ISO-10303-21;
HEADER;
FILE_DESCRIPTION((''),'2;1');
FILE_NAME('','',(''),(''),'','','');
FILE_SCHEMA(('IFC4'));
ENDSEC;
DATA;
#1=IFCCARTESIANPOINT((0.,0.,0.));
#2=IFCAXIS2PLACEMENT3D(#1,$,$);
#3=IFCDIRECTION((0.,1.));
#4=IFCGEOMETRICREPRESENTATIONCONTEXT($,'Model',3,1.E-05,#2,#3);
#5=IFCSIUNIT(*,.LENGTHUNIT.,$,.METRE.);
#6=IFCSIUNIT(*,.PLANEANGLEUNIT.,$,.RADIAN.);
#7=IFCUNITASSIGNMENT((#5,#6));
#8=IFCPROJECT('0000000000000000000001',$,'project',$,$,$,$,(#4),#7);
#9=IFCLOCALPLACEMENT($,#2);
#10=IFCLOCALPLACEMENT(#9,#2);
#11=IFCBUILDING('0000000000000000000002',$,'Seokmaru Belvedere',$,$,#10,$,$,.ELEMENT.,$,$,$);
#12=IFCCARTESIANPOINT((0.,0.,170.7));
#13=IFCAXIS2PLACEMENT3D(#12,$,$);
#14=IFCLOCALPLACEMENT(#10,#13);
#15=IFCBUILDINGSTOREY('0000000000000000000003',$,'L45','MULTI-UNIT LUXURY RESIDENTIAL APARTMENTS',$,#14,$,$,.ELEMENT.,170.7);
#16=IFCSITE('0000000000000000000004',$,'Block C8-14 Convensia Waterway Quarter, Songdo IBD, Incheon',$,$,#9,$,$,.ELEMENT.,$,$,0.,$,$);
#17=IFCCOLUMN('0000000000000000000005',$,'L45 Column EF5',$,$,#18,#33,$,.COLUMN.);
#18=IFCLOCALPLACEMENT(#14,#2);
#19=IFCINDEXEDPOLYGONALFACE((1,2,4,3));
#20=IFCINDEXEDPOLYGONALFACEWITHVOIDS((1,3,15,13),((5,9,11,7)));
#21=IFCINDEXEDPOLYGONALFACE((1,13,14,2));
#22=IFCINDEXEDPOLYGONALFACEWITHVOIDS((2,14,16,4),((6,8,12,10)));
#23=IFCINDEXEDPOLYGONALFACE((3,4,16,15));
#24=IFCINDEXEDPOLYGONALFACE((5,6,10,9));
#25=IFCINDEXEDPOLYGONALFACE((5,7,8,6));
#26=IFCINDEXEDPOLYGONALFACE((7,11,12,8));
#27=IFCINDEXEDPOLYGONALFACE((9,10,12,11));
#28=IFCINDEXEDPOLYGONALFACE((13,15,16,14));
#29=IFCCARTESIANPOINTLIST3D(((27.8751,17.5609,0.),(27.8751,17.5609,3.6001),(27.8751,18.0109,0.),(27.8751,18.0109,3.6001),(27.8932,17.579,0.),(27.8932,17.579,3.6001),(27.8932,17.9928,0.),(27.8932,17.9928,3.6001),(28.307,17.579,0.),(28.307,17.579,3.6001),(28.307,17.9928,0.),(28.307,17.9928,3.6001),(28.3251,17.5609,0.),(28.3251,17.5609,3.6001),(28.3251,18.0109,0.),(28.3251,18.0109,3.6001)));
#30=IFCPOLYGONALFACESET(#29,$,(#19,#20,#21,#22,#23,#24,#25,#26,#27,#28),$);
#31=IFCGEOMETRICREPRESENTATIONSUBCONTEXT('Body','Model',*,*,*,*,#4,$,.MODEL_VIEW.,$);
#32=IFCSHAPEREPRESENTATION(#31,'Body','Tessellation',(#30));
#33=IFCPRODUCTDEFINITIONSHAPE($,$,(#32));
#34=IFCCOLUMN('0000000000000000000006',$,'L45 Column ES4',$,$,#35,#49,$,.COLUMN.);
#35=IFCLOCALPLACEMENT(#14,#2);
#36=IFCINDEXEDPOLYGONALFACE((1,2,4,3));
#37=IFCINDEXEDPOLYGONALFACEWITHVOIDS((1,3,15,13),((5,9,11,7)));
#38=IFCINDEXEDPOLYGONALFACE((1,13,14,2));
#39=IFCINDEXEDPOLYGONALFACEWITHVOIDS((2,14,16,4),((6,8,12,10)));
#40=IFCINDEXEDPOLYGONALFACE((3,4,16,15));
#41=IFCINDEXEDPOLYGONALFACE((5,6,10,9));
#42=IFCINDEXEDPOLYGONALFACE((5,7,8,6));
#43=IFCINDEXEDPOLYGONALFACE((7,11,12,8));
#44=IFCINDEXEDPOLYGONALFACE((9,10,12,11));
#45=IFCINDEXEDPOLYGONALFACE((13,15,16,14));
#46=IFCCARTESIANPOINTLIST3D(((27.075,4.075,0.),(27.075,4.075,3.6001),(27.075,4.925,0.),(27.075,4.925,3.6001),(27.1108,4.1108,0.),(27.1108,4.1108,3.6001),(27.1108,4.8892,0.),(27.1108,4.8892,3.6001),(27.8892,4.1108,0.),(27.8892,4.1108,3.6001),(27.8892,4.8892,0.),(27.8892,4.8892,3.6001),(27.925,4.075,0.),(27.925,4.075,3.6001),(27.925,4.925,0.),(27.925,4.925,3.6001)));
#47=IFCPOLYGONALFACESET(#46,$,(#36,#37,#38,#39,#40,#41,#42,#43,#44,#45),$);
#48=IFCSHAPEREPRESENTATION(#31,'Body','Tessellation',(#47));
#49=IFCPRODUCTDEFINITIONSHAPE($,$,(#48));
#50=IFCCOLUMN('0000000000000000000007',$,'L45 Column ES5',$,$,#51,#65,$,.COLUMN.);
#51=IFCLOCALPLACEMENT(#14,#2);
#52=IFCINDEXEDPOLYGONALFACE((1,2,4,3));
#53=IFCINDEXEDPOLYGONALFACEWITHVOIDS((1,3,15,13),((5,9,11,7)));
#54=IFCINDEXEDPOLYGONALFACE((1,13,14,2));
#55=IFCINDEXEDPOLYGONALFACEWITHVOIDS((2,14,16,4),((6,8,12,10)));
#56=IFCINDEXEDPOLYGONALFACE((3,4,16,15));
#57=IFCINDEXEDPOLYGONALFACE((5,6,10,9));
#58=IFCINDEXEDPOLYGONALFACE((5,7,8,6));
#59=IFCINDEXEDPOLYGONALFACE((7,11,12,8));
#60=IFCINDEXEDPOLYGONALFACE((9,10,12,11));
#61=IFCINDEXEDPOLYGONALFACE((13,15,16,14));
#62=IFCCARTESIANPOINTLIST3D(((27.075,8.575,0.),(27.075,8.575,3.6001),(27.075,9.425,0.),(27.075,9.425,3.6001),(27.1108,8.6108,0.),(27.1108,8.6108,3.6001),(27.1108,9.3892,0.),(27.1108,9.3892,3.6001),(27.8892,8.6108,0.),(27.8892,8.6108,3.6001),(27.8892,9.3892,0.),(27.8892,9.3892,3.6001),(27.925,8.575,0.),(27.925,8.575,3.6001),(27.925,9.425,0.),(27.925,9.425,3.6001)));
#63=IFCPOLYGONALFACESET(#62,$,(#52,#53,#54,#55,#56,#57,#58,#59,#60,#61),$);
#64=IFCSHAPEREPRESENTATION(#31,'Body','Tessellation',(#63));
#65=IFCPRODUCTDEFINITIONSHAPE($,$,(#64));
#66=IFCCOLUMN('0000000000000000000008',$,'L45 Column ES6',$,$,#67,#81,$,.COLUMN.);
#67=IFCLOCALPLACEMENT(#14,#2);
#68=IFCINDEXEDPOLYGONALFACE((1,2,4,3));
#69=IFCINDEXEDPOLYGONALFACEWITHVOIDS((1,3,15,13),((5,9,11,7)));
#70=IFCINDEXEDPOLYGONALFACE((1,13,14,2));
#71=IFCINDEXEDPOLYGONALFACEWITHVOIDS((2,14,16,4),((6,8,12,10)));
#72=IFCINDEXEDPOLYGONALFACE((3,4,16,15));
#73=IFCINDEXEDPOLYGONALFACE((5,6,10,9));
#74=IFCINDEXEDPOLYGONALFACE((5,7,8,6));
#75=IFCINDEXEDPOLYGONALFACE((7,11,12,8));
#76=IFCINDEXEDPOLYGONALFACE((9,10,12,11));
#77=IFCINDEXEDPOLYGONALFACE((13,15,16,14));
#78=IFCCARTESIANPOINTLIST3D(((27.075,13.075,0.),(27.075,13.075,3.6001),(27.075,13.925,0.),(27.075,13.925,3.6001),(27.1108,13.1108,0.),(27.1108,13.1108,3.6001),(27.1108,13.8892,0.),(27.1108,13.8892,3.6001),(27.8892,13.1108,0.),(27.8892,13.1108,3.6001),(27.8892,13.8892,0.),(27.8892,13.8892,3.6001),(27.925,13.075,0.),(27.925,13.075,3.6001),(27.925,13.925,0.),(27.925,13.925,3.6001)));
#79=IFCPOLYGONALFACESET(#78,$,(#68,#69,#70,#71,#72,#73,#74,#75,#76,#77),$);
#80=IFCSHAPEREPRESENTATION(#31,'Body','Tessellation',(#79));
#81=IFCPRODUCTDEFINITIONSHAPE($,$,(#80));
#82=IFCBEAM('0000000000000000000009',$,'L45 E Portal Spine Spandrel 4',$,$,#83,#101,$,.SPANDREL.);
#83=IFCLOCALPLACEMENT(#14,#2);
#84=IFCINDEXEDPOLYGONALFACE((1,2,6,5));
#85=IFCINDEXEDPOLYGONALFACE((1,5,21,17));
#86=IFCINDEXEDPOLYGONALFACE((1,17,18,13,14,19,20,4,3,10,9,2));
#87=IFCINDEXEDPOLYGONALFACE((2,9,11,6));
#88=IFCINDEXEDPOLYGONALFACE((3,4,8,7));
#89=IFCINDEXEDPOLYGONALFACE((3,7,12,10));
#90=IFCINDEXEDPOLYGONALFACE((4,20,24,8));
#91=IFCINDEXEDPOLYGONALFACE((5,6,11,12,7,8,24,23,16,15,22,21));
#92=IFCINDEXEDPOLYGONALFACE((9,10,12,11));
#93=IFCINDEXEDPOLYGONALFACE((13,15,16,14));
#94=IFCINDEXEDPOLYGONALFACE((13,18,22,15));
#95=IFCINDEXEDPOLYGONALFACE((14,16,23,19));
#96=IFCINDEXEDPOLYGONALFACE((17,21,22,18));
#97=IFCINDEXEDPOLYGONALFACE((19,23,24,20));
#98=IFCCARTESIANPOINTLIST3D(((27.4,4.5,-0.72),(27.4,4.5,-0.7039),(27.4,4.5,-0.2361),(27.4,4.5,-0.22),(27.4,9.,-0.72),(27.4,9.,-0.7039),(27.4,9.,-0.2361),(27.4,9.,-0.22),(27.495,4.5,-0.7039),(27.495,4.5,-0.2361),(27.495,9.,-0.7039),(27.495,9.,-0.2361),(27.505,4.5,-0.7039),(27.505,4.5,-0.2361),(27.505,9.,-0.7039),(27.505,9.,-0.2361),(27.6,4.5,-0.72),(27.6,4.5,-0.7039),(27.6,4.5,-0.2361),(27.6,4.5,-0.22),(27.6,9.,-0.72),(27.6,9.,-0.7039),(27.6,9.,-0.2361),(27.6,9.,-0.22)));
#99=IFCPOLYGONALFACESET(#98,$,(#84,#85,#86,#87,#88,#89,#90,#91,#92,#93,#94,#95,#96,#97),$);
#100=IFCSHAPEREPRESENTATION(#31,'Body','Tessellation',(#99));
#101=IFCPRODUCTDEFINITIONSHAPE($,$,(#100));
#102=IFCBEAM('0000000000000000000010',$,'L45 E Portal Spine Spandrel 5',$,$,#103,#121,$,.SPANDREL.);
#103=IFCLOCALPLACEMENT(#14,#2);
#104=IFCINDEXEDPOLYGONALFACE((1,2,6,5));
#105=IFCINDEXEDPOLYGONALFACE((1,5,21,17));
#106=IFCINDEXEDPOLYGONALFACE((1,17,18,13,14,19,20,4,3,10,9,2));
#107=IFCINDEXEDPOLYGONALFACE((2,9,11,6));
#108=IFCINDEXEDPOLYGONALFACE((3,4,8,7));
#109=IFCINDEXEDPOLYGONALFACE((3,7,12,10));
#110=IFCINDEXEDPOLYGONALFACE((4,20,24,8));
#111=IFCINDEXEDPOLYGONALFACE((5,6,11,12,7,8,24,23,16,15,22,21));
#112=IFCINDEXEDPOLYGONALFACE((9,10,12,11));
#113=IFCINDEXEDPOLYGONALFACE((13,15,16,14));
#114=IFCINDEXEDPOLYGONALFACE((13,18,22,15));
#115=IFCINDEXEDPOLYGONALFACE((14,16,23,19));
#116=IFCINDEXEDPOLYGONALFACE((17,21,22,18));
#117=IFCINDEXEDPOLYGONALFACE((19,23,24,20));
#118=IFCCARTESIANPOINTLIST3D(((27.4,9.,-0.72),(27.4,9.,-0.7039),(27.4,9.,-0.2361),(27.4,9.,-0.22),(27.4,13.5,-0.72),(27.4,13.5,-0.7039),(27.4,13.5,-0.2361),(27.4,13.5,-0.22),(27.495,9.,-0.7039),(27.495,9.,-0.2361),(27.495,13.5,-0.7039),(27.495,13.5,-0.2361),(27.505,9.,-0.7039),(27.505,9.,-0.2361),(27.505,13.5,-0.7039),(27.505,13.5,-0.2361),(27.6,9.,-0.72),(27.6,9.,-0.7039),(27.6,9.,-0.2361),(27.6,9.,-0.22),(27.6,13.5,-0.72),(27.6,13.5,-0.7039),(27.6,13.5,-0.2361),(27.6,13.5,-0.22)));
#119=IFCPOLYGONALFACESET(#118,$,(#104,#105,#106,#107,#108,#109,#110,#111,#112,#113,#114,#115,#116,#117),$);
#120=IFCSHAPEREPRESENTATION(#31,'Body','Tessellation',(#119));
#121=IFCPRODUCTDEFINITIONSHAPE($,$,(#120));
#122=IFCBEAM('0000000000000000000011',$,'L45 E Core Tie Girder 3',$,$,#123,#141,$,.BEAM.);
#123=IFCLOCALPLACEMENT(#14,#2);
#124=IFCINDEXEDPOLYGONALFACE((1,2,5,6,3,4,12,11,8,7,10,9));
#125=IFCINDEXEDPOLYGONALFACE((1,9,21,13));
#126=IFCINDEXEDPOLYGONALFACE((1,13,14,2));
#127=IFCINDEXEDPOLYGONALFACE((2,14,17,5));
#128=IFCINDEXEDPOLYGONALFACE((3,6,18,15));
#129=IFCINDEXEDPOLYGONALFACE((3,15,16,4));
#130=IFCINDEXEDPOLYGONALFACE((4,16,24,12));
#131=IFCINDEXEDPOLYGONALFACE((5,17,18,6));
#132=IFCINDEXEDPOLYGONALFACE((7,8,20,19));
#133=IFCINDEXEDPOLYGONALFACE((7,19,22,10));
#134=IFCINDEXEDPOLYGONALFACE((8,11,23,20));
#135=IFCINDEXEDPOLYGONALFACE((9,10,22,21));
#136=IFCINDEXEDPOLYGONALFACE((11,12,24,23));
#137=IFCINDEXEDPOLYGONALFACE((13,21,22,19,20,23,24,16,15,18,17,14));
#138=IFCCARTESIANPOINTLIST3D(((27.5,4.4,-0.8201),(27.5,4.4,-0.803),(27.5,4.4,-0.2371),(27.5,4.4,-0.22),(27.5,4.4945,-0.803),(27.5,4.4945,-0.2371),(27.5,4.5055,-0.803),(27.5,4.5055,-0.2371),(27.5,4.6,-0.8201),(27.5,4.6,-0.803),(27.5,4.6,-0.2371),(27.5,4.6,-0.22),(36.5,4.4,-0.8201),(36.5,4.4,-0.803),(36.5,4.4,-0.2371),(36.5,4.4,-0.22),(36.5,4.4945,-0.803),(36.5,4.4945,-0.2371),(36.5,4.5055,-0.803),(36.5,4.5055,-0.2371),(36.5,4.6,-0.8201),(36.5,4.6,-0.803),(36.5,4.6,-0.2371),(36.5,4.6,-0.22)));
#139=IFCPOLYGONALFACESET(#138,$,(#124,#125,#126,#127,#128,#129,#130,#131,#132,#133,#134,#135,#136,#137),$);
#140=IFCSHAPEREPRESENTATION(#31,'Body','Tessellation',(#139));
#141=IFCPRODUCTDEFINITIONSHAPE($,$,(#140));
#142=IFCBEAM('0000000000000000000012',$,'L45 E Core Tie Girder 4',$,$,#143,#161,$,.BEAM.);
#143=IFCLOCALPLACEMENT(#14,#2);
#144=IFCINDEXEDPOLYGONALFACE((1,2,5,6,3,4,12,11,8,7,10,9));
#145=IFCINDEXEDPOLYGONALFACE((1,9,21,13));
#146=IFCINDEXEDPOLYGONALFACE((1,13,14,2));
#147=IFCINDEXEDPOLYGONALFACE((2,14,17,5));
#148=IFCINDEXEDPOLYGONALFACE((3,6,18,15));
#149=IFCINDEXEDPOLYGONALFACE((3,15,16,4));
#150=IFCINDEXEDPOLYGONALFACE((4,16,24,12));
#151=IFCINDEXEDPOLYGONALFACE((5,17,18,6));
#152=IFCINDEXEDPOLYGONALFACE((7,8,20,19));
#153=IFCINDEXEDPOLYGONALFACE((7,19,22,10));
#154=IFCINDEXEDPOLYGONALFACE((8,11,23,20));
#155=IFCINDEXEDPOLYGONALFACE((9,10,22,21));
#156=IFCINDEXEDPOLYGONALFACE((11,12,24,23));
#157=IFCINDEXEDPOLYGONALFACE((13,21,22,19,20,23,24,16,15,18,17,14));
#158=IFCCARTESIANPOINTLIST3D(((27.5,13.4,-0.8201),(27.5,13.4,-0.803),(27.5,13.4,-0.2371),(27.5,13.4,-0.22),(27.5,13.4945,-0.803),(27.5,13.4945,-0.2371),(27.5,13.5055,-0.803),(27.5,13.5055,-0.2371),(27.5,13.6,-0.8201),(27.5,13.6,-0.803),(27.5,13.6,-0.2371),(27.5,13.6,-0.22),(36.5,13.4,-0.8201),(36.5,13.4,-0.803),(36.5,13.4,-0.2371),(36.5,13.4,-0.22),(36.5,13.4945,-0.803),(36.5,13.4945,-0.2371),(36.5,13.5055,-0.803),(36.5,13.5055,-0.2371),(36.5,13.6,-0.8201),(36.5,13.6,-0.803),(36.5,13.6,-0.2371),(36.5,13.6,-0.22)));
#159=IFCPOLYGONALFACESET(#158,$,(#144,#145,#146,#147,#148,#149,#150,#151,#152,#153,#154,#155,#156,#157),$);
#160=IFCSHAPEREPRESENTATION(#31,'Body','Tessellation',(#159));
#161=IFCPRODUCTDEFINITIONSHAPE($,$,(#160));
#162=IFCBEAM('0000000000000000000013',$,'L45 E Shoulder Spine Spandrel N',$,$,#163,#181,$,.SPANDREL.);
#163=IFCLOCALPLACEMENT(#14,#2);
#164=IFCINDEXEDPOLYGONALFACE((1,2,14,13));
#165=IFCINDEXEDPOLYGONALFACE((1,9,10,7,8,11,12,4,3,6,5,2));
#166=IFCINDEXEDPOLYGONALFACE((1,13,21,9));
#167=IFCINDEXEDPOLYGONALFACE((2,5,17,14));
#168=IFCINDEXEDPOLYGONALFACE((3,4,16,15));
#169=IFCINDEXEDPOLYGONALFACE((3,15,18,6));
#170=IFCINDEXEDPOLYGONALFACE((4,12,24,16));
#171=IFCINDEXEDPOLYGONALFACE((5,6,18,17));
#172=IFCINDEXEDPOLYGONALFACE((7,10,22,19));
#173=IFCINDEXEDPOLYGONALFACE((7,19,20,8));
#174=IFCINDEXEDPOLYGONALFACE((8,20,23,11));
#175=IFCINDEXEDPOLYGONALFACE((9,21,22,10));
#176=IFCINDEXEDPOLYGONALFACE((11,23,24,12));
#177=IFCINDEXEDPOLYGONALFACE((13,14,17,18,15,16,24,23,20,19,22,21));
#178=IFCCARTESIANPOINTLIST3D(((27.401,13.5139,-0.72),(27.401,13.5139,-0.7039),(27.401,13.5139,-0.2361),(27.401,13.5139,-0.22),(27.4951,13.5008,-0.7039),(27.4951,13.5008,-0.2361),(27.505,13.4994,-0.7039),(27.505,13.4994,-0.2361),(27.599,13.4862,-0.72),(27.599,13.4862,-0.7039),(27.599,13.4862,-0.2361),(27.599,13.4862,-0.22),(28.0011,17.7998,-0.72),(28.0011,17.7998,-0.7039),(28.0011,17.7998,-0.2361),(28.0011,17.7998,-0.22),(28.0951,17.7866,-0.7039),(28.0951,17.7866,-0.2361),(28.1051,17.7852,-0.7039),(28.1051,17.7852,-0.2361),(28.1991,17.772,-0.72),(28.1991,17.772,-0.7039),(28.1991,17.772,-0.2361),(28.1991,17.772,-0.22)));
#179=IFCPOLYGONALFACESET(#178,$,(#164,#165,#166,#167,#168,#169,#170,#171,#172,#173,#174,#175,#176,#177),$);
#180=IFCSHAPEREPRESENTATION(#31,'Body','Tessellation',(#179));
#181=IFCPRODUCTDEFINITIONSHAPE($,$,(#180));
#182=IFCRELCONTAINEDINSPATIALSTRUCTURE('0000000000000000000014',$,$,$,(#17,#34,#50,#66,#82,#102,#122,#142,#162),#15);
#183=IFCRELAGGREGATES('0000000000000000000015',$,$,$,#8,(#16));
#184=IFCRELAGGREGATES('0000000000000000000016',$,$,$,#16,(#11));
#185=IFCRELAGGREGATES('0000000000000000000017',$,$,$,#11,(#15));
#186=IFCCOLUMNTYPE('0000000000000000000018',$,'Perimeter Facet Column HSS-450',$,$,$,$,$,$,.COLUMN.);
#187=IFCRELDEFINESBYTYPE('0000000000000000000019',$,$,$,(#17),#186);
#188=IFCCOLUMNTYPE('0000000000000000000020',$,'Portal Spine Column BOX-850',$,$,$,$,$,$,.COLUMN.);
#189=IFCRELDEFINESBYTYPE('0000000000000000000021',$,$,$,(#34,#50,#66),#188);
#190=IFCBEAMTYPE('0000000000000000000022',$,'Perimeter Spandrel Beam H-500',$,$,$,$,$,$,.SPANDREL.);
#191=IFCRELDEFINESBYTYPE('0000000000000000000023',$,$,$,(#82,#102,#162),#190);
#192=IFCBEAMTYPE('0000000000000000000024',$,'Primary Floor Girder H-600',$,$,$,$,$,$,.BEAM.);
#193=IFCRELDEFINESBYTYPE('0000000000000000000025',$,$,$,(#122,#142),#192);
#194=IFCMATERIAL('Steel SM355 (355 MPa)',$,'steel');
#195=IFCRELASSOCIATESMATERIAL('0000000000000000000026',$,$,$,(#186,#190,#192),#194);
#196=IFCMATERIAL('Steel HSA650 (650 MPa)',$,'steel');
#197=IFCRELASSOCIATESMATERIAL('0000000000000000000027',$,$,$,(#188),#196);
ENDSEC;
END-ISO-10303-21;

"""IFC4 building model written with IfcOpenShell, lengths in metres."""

from ifc_helpers import new_model, si_unit, direction, frame, origin, origin_2d, place, context, subcontext, project, spatial, hollow_rectangle, i_section, extrude, source, transform, mapped, material, material_profile, profile_set, type_object, type_shapes, element, save


model = new_model("IFC4")

# Units and contexts
model_context = context("Model", 3, precision=1e-05, world=origin(), true_north=direction((0.0, 1.0)))
body_context = subcontext(model_context, "Body", "Model", "MODEL_VIEW")
ifc_project = project(units=[si_unit("LENGTHUNIT", "METRE"), si_unit("PLANEANGLEUNIT", "RADIAN")], contexts=[model_context])

# Site, building, storey
site_placement = place(None, origin())
site = spatial("IfcSite", under=ifc_project, at=site_placement, Name="Block C8-14 Convensia Waterway Quarter, Songdo IBD, Incheon", CompositionType="ELEMENT", RefElevation=0.0)
building_placement = place(site_placement, origin())
building = spatial("IfcBuilding", under=site, at=building_placement, Name="Seokmaru Belvedere", CompositionType="ELEMENT")
storey_placement = place(building_placement, frame((0.0, 0.0, 170.7)))
storey = spatial("IfcBuildingStorey", under=building, at=storey_placement, Name="L45", Description="MULTI-UNIT LUXURY RESIDENTIAL APARTMENTS", CompositionType="ELEMENT", Elevation=170.7)

# Columns
ifc_material_1 = material(Name="Steel SM355 (355 MPa)", Category="steel")
ifc_material_profile_1 = material_profile(ifc_material_1, hollow_rectangle(XDim=0.45, YDim=0.45, WallThickness=0.0181, at=origin_2d()), Name="HSS-450x450x18")
ifc_profile_set_1 = profile_set([ifc_material_profile_1], Name="Steel SM355 (355 MPa)")
column_type_1 = type_object("IfcColumnType", Name="Perimeter Facet Column HSS-450", PredefinedType="COLUMN", material=ifc_profile_set_1)
shared_shape_1 = source(origin(), body_context, "Body", "SweptSolid", [
    extrude(hollow_rectangle(XDim=0.45, YDim=0.45, WallThickness=0.0181, at=origin_2d()), origin(), (0.0, 0.0, 1.0), 3.6001),
])
type_shapes(column_type_1, [shared_shape_1])
column_placement = place(storey_placement, frame((28.1001, 17.7859, 0.0), z_axis=(0.0, 0.0, 1.0), x_axis=(1.0, 0.0, 0.0)))
element("IfcColumn", 1, at=column_placement, inside=storey, type_object=column_type_1, Name="L45 Column EF5", PredefinedType="COLUMN", context=body_context, shape_type="MappedRepresentation", body=[
    mapped(shared_shape_1, transform((0.0, 0.0, 0.0), scale=1.0)),
])
ifc_material_2 = material(Name="Steel HSA650 (650 MPa)", Category="steel")
ifc_material_profile_2 = material_profile(ifc_material_2, hollow_rectangle(XDim=0.8501, YDim=0.8501, WallThickness=0.0359, at=origin_2d()), Name="BOX-850x850x36")
ifc_profile_set_2 = profile_set([ifc_material_profile_2], Name="Steel HSA650 (650 MPa)")
column_type_2 = type_object("IfcColumnType", Name="Portal Spine Column BOX-850", PredefinedType="COLUMN", material=ifc_profile_set_2)
shared_shape_2 = source(origin(), body_context, "Body", "SweptSolid", [
    extrude(hollow_rectangle(XDim=0.8501, YDim=0.8501, WallThickness=0.0359, at=origin_2d()), origin(), (0.0, 0.0, 1.0), 3.6001),
])
type_shapes(column_type_2, [shared_shape_2])
for number, where, z_axis, x_axis, name in (
    (2, (27.5, 4.5, 0.0), (0.0, 0.0, 1.0), (1.0, 0.0, 0.0), "L45 Column ES4"),
    (3, (27.5, 9.0, 0.0), (0.0, 0.0, 1.0), (1.0, 0.0, 0.0), "L45 Column ES5"),
    (4, (27.5, 13.5, 0.0), (0.0, 0.0, 1.0), (1.0, 0.0, 0.0), "L45 Column ES6"),
):
    element("IfcColumn", number, at=place(storey_placement, frame(where, z_axis=z_axis, x_axis=x_axis)), inside=storey, type_object=column_type_2, Name=name, PredefinedType="COLUMN", context=body_context, shape_type="MappedRepresentation", body=[
        mapped(shared_shape_2, transform((0.0, 0.0, 0.0), scale=1.0)),
    ])

# Beams
ifc_material_profile_3 = material_profile(ifc_material_1, i_section(OverallWidth=0.2, OverallDepth=0.5, WebThickness=0.01, FlangeThickness=0.0161, at=origin_2d()), Name="H-500x200x10x16")
ifc_profile_set_3 = profile_set([ifc_material_profile_3], Name="Steel SM355 (355 MPa)")
beam_type_1 = type_object("IfcBeamType", Name="Perimeter Spandrel Beam H-500", PredefinedType="SPANDREL", material=ifc_profile_set_3)
shared_shape_3 = source(origin(), body_context, "Body", "SweptSolid", [
    extrude(i_section(OverallWidth=0.2, OverallDepth=0.5, WebThickness=0.01, FlangeThickness=0.0161, at=origin_2d()), origin(), (0.0, 0.0, 1.0), 4.5),
])
for number, where, z_axis, x_axis, name in (
    (5, (27.5, 4.5, -0.47), (0.0, 1.0, 0.0), (-1.0, 0.0, 0.0), "L45 E Portal Spine Spandrel 4"),
    (6, (27.5, 9.0, -0.47), (0.0, 1.0, 0.0), (-1.0, 0.0, 0.0), "L45 E Portal Spine Spandrel 5"),
):
    element("IfcBeam", number, at=place(storey_placement, frame(where, z_axis=z_axis, x_axis=x_axis)), inside=storey, type_object=beam_type_1, Name=name, PredefinedType="SPANDREL", context=body_context, shape_type="MappedRepresentation", body=[
        mapped(shared_shape_3, transform((0.0, 0.0, 0.0), scale=1.0)),
    ])
ifc_material_profile_4 = material_profile(ifc_material_1, i_section(OverallWidth=0.2, OverallDepth=0.6001, WebThickness=0.011, FlangeThickness=0.0171, at=origin_2d()), Name="H-600x200x11x17")
ifc_profile_set_4 = profile_set([ifc_material_profile_4], Name="Steel SM355 (355 MPa)")
beam_type_2 = type_object("IfcBeamType", Name="Primary Floor Girder H-600", PredefinedType="BEAM", material=ifc_profile_set_4)
shared_shape_4 = source(origin(), body_context, "Body", "SweptSolid", [
    extrude(i_section(OverallWidth=0.2, OverallDepth=0.6001, WebThickness=0.011, FlangeThickness=0.0171, at=origin_2d()), origin(), (0.0, 0.0, 1.0), 9.0),
])
type_shapes(beam_type_2, [shared_shape_4])
for number, where, z_axis, x_axis, name in (
    (7, (27.5, 4.5, -0.52), (1.0, 0.0, 0.0), (0.0, 1.0, 0.0), "L45 E Core Tie Girder 3"),
    (8, (27.5, 13.5, -0.52), (1.0, 0.0, 0.0), (0.0, 1.0, 0.0), "L45 E Core Tie Girder 4"),
):
    element("IfcBeam", number, at=place(storey_placement, frame(where, z_axis=z_axis, x_axis=x_axis)), inside=storey, type_object=beam_type_2, Name=name, PredefinedType="BEAM", context=body_context, shape_type="MappedRepresentation", body=[
        mapped(shared_shape_4, transform((0.0, 0.0, 0.0), scale=1.0)),
    ])
shared_shape_5 = source(origin(), body_context, "Body", "SweptSolid", [
    extrude(i_section(OverallWidth=0.2, OverallDepth=0.5, WebThickness=0.01, FlangeThickness=0.0161, at=origin_2d()), origin(), (0.0, 0.0, 1.0), 4.3276),
])
type_shapes(beam_type_1, [shared_shape_3, shared_shape_5])
beam_placement = place(storey_placement, frame((28.1001, 17.7859, -0.47), z_axis=(-0.138664, -0.990339, 0.0), x_axis=(0.990339, -0.138664, 0.0)))
element("IfcBeam", 9, at=beam_placement, inside=storey, type_object=beam_type_1, Name="L45 E Shoulder Spine Spandrel N", PredefinedType="SPANDREL", context=body_context, shape_type="MappedRepresentation", body=[
    mapped(shared_shape_5, transform((0.0, 0.0, 0.0), scale=1.0)),
])

save(model, "model.ifc")
